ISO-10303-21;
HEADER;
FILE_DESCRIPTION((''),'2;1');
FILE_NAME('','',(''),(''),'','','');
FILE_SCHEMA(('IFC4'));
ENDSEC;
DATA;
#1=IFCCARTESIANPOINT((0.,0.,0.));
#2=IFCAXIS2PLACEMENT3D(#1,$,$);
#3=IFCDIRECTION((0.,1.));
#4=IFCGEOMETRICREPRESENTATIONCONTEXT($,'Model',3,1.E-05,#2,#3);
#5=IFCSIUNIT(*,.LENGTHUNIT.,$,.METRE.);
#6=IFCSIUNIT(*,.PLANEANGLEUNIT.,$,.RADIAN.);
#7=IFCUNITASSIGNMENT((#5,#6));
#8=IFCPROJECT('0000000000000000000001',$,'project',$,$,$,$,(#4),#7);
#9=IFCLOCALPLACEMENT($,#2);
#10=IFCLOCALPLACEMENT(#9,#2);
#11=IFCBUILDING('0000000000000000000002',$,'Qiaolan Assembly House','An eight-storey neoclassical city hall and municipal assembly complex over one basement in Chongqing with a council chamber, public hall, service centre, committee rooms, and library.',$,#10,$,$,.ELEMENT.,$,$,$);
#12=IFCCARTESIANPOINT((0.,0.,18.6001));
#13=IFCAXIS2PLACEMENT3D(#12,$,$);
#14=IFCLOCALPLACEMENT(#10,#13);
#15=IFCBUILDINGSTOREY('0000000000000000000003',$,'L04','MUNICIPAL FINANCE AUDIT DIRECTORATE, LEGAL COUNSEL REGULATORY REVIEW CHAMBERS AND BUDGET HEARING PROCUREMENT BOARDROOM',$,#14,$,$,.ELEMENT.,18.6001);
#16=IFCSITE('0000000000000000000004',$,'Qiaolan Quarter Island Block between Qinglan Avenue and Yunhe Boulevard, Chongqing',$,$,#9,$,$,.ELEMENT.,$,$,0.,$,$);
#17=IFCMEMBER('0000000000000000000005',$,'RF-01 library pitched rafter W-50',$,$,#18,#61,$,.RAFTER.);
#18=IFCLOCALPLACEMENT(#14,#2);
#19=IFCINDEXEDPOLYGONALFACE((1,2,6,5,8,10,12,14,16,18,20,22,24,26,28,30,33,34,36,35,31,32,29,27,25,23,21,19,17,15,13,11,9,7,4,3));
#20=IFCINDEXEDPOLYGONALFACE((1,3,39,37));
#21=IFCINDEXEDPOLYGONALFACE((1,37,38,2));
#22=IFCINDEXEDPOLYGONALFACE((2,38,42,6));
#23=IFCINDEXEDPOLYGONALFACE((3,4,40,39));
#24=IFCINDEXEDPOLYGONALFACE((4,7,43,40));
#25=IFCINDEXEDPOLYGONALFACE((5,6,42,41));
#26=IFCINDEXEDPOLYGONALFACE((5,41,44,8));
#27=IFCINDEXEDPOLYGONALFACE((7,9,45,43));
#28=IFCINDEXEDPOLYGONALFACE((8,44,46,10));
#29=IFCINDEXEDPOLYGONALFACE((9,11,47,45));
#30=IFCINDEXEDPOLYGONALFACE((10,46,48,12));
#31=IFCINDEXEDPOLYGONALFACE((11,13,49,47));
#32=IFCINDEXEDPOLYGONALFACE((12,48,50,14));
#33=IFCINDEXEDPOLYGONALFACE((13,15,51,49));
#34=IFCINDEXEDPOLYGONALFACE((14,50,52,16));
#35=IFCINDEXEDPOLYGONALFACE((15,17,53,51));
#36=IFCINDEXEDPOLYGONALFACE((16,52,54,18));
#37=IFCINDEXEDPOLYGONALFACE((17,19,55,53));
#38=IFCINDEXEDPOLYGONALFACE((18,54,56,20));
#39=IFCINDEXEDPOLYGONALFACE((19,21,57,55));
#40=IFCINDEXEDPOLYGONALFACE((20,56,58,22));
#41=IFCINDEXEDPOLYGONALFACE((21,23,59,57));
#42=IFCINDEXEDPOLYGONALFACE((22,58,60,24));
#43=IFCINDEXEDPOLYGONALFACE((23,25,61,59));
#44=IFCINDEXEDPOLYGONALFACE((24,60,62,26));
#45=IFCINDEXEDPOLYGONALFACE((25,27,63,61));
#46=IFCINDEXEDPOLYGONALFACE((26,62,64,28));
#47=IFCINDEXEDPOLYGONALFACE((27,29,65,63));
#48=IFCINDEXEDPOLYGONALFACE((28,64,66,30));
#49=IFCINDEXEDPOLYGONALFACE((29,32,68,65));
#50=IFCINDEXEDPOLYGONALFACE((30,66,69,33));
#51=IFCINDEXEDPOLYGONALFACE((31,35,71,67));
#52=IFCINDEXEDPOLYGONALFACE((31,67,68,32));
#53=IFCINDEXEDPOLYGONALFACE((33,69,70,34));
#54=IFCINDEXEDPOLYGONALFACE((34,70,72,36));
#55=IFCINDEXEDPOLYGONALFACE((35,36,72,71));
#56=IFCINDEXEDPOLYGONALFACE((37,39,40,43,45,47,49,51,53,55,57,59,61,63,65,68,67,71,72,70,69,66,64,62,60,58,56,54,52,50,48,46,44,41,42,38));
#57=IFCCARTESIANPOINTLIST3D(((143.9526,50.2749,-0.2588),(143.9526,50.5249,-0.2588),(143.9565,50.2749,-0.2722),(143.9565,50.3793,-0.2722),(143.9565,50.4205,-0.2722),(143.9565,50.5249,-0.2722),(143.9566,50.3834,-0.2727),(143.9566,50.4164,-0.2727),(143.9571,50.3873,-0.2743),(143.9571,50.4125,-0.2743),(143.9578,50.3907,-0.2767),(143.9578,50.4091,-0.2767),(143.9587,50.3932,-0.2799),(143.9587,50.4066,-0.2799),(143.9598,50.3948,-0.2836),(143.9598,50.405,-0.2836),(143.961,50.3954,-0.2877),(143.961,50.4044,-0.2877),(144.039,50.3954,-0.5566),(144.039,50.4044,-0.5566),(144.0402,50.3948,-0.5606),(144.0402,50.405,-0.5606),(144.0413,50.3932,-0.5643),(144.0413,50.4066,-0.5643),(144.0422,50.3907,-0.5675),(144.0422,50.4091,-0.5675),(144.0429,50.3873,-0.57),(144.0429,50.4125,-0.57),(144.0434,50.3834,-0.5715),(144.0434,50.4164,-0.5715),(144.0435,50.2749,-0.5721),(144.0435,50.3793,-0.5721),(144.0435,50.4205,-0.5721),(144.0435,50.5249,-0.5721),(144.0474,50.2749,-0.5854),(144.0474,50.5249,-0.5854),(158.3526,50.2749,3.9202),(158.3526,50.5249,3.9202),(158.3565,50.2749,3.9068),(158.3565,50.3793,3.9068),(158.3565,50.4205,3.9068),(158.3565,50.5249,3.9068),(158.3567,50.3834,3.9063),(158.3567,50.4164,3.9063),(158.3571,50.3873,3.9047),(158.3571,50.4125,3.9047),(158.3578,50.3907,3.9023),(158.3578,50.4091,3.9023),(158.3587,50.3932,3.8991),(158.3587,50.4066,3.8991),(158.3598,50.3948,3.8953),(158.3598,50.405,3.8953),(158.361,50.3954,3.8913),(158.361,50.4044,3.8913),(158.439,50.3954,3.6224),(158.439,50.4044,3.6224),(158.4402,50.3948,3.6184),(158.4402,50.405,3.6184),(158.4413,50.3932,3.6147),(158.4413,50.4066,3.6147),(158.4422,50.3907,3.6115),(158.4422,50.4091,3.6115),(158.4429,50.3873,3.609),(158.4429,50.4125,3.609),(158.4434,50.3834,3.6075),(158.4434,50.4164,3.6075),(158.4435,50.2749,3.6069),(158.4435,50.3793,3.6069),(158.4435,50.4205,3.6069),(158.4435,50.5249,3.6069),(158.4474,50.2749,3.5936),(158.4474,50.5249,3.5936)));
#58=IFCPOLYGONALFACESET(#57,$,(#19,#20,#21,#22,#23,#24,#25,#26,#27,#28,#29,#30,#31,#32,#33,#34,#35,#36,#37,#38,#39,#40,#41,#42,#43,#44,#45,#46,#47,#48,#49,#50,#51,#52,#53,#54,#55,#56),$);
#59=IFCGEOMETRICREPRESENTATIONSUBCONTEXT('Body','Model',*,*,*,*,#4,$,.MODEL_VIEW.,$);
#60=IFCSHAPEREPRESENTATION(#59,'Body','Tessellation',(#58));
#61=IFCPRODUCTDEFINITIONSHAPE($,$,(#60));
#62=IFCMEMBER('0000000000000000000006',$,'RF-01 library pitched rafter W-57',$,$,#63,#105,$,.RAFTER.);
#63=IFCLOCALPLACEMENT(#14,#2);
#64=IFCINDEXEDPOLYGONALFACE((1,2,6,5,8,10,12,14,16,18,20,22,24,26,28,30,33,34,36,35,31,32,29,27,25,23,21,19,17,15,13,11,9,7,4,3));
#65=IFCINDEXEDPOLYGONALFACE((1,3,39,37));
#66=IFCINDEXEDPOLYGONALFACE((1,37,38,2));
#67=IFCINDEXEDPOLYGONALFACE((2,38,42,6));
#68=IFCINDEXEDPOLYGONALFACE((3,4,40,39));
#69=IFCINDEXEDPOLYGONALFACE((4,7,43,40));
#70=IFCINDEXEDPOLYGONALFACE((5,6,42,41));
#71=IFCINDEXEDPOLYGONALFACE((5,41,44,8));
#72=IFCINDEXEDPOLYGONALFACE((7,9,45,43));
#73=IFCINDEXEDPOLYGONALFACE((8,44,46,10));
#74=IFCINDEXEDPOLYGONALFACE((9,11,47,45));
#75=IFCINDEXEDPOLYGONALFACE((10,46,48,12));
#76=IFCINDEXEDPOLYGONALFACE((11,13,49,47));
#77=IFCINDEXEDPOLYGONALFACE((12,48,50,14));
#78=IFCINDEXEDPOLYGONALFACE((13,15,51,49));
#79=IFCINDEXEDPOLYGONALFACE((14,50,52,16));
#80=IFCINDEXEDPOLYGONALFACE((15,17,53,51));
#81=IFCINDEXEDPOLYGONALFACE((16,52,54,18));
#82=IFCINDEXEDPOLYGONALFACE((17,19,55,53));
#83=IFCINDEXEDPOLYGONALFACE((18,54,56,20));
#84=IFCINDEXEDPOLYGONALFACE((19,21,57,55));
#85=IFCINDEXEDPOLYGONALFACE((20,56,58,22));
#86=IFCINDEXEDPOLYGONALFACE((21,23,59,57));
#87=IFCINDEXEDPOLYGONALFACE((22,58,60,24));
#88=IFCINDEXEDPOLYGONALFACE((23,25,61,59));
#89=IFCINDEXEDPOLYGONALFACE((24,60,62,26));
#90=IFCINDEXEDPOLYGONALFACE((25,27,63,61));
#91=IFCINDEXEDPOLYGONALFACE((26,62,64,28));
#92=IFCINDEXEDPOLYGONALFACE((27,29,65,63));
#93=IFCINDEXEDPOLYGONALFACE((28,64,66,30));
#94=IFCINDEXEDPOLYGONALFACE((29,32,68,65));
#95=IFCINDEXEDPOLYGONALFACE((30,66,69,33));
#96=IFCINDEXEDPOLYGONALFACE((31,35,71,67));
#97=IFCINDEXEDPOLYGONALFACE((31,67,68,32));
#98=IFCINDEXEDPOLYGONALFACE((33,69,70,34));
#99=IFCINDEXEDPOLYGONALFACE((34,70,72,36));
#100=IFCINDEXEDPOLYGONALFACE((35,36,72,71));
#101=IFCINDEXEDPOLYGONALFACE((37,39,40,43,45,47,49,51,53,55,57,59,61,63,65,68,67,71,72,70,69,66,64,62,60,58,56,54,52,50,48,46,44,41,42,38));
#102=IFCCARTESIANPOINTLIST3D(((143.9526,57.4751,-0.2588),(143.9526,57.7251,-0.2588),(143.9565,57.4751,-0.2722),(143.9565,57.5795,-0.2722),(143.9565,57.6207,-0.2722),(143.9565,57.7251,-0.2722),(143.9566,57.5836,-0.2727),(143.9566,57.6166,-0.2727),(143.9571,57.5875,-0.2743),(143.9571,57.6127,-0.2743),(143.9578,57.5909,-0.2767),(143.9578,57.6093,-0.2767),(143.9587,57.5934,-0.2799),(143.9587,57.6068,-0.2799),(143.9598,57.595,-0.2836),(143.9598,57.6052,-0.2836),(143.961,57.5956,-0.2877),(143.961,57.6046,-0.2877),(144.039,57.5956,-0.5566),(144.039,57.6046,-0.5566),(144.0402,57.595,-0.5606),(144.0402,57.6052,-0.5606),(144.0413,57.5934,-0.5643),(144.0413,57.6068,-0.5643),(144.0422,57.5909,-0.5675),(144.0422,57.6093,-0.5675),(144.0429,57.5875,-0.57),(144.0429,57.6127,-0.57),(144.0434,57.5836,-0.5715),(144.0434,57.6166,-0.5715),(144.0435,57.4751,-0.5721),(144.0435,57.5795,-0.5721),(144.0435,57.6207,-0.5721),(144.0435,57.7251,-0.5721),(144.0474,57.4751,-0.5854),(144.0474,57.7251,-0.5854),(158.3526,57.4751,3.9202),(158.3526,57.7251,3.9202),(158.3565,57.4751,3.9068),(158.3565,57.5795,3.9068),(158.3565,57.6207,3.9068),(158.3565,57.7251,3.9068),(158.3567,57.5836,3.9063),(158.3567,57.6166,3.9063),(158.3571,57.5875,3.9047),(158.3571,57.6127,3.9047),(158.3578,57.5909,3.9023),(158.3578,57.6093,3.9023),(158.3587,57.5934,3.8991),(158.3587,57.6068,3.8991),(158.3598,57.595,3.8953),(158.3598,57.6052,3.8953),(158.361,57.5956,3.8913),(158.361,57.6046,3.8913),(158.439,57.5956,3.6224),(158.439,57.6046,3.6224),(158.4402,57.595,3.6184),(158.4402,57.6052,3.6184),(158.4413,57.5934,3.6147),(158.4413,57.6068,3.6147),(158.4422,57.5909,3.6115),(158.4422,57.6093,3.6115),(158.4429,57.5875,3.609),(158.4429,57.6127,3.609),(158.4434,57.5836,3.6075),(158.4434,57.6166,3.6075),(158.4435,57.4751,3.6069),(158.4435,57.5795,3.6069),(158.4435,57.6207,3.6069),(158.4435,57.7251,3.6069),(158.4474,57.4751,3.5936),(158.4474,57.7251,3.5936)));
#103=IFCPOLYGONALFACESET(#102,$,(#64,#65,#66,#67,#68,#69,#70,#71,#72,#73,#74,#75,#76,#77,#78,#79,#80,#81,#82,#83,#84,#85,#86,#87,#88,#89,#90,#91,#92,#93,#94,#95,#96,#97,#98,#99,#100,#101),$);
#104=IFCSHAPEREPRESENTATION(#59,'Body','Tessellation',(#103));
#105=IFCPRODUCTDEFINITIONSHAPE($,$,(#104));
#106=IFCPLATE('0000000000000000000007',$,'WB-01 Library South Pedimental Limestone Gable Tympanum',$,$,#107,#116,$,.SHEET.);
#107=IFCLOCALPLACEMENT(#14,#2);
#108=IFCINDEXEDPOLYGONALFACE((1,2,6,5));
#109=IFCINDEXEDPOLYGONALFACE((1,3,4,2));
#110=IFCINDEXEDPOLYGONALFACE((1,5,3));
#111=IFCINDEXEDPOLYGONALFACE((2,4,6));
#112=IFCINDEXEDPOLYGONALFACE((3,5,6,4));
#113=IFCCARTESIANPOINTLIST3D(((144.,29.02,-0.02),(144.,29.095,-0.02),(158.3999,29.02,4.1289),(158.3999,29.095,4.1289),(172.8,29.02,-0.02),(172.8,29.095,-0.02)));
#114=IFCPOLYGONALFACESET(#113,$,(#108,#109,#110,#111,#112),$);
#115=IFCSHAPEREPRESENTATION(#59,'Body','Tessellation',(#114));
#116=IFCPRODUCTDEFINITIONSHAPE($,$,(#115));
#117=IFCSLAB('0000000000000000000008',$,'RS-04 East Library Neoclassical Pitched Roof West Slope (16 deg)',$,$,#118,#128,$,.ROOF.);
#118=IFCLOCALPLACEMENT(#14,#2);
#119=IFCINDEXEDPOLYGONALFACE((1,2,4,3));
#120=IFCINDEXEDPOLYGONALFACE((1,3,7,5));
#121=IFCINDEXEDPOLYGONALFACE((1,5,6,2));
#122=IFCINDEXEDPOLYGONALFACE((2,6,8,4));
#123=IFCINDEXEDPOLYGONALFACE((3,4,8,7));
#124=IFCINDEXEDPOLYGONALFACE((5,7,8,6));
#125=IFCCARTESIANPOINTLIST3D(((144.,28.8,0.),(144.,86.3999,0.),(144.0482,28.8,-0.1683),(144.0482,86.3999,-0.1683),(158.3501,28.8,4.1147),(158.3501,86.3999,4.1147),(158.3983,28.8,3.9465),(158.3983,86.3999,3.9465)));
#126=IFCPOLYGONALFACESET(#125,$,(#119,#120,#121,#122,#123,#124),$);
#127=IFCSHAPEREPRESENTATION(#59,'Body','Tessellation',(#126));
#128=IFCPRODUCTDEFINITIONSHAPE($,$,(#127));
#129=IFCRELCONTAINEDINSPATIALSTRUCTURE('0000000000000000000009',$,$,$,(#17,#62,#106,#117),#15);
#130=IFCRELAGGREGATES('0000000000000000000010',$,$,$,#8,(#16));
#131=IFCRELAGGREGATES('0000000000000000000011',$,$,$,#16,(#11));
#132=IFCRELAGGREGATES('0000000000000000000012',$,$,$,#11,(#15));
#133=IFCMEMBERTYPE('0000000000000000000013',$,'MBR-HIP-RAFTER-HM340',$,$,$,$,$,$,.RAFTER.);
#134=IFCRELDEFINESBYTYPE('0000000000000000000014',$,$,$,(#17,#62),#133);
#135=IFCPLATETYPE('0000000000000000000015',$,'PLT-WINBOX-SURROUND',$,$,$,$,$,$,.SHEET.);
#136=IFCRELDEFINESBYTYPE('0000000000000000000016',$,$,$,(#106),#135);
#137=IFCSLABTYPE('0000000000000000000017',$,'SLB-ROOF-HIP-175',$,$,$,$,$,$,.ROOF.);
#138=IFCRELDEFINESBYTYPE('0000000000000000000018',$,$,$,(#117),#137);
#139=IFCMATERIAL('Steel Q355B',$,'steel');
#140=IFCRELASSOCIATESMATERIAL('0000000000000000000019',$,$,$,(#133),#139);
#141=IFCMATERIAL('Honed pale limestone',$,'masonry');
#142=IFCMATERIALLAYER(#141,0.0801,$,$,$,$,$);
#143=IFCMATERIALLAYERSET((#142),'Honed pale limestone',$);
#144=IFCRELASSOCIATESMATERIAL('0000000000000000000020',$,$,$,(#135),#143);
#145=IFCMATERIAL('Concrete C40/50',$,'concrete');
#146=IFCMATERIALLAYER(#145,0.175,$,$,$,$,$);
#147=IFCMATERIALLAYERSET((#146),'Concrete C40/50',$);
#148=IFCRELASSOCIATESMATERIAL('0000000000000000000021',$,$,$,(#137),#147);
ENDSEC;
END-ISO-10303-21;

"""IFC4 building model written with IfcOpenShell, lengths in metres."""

from ifc_helpers import new_model, si_unit, direction, frame, origin, origin_2d, place, context, subcontext, project, spatial, polyline, i_section, outline, extrude, material, layer, layer_set, material_profile, profile_set, type_object, element, save


model = new_model("IFC4")

# Units and contexts
model_context = context("Model", 3, precision=1e-05, world=origin(), true_north=direction((0.0, 1.0)))
body_context = subcontext(model_context, "Body", "Model", "MODEL_VIEW")
ifc_project = project(units=[si_unit("LENGTHUNIT", "METRE"), si_unit("PLANEANGLEUNIT", "RADIAN")], contexts=[model_context])

# Site, building, storey
site_placement = place(None, origin())
site = spatial("IfcSite", under=ifc_project, at=site_placement, Name="Qiaolan Quarter Island Block between Qinglan Avenue and Yunhe Boulevard, Chongqing", CompositionType="ELEMENT", RefElevation=0.0)
building_placement = place(site_placement, origin())
building = spatial("IfcBuilding", under=site, at=building_placement, Name="Qiaolan Assembly House", Description="An eight-storey neoclassical city hall and municipal assembly complex over one basement in Chongqing with a council chamber, public hall, service centre, committee rooms, and library.", CompositionType="ELEMENT")
storey_placement = place(building_placement, frame((0.0, 0.0, 18.6001)))
storey = spatial("IfcBuildingStorey", under=building, at=storey_placement, Name="L04", Description="MUNICIPAL FINANCE AUDIT DIRECTORATE, LEGAL COUNSEL REGULATORY REVIEW CHAMBERS AND BUDGET HEARING PROCUREMENT BOARDROOM", CompositionType="ELEMENT", Elevation=18.6001)

# Shared definitions
ifc_material_1 = material(Name="Concrete C40/50", Category="concrete")

# Shared definitions
ifc_material_2 = material(Name="Steel Q355B", Category="steel")

# Members
ifc_material_profile_1 = material_profile(ifc_material_2, i_section(OverallWidth=0.25, OverallDepth=0.3401, WebThickness=0.009, FlangeThickness=0.0139, FilletRadius=0.0161, at=origin_2d()), Name="HM 340x250x9x14-RF")
ifc_profile_set_1 = profile_set([ifc_material_profile_1], Name="Steel Q355B")
member_type = type_object("IfcMemberType", Name="MBR-HIP-RAFTER-HM340", PredefinedType="RAFTER", material=ifc_profile_set_1)
for number, where, z_axis, x_axis, name in (
    (1, (144.0, 50.3999, -0.4221), (0.960376, 0.0, 0.278708), (0.0, 1.0, 0.0), "RF-01 library pitched rafter W-50"),
    (2, (144.0, 57.6001, -0.4221), (0.960376, 0.0, 0.278708), (0.0, 1.0, 0.0), "RF-01 library pitched rafter W-57"),
):
    element("IfcMember", number, at=place(storey_placement, frame(where, z_axis=z_axis, x_axis=x_axis)), inside=storey, type_object=member_type, Name=name, PredefinedType="RAFTER", context=body_context, shape_type="SweptSolid", body=[
        extrude(i_section(OverallWidth=0.25, OverallDepth=0.3401, WebThickness=0.009, FlangeThickness=0.0139, FilletRadius=0.0161, at=origin_2d()), origin(), (0.0, 0.0, 1.0), 14.9941),
    ])

# Plate
ifc_material_3 = material(Name="Honed pale limestone", Category="masonry")
ifc_layer_1 = layer(ifc_material_3, 0.0801)
ifc_layer_set_1 = layer_set([ifc_layer_1], Name="Honed pale limestone")
plate_type = type_object("IfcPlateType", Name="PLT-WINBOX-SURROUND", PredefinedType="SHEET", material=ifc_layer_set_1)
plate_placement = place(storey_placement, frame((144.0, 29.02, -0.02), z_axis=(0.0, -1.0, 0.0), x_axis=(1.0, 0.0, 0.0)))
element("IfcPlate", 3, at=plate_placement, inside=storey, type_object=plate_type, Name="WB-01 Library South Pedimental Limestone Gable Tympanum", PredefinedType="SHEET", context=body_context, shape_type="SweptSolid", body=[
    extrude(outline(polyline([(0.0, 0.0), (28.8, 0.0), (14.3999, 4.1489), (0.0, 0.0)])), origin(), (0.0, 0.0, -1.0), 0.075),
])

# Slab
ifc_layer_2 = layer(ifc_material_1, 0.175)
ifc_layer_set_2 = layer_set([ifc_layer_2], Name="Concrete C40/50")
slab_type = type_object("IfcSlabType", Name="SLB-ROOF-HIP-175", PredefinedType="ROOF", material=ifc_layer_set_2)
slab_placement = place(storey_placement, frame((144.0, 28.8, 0.0), z_axis=(-0.275633, 0.0, 0.961263), x_axis=(0.961263, 0.0, 0.275633)))
element("IfcSlab", 4, at=slab_placement, inside=storey, type_object=slab_type, Name="RS-04 East Library Neoclassical Pitched Roof West Slope (16 deg)", PredefinedType="ROOF", context=body_context, shape_type="SweptSolid", body=[
    extrude(outline(polyline([(0.0, 0.0), (14.9284, 0.0), (14.9284, 57.5999), (0.0, 57.5999), (0.0, 0.0)])), origin(), (0.0, 0.0, -1.0), 0.175),
])

save(model, "model.ifc")
